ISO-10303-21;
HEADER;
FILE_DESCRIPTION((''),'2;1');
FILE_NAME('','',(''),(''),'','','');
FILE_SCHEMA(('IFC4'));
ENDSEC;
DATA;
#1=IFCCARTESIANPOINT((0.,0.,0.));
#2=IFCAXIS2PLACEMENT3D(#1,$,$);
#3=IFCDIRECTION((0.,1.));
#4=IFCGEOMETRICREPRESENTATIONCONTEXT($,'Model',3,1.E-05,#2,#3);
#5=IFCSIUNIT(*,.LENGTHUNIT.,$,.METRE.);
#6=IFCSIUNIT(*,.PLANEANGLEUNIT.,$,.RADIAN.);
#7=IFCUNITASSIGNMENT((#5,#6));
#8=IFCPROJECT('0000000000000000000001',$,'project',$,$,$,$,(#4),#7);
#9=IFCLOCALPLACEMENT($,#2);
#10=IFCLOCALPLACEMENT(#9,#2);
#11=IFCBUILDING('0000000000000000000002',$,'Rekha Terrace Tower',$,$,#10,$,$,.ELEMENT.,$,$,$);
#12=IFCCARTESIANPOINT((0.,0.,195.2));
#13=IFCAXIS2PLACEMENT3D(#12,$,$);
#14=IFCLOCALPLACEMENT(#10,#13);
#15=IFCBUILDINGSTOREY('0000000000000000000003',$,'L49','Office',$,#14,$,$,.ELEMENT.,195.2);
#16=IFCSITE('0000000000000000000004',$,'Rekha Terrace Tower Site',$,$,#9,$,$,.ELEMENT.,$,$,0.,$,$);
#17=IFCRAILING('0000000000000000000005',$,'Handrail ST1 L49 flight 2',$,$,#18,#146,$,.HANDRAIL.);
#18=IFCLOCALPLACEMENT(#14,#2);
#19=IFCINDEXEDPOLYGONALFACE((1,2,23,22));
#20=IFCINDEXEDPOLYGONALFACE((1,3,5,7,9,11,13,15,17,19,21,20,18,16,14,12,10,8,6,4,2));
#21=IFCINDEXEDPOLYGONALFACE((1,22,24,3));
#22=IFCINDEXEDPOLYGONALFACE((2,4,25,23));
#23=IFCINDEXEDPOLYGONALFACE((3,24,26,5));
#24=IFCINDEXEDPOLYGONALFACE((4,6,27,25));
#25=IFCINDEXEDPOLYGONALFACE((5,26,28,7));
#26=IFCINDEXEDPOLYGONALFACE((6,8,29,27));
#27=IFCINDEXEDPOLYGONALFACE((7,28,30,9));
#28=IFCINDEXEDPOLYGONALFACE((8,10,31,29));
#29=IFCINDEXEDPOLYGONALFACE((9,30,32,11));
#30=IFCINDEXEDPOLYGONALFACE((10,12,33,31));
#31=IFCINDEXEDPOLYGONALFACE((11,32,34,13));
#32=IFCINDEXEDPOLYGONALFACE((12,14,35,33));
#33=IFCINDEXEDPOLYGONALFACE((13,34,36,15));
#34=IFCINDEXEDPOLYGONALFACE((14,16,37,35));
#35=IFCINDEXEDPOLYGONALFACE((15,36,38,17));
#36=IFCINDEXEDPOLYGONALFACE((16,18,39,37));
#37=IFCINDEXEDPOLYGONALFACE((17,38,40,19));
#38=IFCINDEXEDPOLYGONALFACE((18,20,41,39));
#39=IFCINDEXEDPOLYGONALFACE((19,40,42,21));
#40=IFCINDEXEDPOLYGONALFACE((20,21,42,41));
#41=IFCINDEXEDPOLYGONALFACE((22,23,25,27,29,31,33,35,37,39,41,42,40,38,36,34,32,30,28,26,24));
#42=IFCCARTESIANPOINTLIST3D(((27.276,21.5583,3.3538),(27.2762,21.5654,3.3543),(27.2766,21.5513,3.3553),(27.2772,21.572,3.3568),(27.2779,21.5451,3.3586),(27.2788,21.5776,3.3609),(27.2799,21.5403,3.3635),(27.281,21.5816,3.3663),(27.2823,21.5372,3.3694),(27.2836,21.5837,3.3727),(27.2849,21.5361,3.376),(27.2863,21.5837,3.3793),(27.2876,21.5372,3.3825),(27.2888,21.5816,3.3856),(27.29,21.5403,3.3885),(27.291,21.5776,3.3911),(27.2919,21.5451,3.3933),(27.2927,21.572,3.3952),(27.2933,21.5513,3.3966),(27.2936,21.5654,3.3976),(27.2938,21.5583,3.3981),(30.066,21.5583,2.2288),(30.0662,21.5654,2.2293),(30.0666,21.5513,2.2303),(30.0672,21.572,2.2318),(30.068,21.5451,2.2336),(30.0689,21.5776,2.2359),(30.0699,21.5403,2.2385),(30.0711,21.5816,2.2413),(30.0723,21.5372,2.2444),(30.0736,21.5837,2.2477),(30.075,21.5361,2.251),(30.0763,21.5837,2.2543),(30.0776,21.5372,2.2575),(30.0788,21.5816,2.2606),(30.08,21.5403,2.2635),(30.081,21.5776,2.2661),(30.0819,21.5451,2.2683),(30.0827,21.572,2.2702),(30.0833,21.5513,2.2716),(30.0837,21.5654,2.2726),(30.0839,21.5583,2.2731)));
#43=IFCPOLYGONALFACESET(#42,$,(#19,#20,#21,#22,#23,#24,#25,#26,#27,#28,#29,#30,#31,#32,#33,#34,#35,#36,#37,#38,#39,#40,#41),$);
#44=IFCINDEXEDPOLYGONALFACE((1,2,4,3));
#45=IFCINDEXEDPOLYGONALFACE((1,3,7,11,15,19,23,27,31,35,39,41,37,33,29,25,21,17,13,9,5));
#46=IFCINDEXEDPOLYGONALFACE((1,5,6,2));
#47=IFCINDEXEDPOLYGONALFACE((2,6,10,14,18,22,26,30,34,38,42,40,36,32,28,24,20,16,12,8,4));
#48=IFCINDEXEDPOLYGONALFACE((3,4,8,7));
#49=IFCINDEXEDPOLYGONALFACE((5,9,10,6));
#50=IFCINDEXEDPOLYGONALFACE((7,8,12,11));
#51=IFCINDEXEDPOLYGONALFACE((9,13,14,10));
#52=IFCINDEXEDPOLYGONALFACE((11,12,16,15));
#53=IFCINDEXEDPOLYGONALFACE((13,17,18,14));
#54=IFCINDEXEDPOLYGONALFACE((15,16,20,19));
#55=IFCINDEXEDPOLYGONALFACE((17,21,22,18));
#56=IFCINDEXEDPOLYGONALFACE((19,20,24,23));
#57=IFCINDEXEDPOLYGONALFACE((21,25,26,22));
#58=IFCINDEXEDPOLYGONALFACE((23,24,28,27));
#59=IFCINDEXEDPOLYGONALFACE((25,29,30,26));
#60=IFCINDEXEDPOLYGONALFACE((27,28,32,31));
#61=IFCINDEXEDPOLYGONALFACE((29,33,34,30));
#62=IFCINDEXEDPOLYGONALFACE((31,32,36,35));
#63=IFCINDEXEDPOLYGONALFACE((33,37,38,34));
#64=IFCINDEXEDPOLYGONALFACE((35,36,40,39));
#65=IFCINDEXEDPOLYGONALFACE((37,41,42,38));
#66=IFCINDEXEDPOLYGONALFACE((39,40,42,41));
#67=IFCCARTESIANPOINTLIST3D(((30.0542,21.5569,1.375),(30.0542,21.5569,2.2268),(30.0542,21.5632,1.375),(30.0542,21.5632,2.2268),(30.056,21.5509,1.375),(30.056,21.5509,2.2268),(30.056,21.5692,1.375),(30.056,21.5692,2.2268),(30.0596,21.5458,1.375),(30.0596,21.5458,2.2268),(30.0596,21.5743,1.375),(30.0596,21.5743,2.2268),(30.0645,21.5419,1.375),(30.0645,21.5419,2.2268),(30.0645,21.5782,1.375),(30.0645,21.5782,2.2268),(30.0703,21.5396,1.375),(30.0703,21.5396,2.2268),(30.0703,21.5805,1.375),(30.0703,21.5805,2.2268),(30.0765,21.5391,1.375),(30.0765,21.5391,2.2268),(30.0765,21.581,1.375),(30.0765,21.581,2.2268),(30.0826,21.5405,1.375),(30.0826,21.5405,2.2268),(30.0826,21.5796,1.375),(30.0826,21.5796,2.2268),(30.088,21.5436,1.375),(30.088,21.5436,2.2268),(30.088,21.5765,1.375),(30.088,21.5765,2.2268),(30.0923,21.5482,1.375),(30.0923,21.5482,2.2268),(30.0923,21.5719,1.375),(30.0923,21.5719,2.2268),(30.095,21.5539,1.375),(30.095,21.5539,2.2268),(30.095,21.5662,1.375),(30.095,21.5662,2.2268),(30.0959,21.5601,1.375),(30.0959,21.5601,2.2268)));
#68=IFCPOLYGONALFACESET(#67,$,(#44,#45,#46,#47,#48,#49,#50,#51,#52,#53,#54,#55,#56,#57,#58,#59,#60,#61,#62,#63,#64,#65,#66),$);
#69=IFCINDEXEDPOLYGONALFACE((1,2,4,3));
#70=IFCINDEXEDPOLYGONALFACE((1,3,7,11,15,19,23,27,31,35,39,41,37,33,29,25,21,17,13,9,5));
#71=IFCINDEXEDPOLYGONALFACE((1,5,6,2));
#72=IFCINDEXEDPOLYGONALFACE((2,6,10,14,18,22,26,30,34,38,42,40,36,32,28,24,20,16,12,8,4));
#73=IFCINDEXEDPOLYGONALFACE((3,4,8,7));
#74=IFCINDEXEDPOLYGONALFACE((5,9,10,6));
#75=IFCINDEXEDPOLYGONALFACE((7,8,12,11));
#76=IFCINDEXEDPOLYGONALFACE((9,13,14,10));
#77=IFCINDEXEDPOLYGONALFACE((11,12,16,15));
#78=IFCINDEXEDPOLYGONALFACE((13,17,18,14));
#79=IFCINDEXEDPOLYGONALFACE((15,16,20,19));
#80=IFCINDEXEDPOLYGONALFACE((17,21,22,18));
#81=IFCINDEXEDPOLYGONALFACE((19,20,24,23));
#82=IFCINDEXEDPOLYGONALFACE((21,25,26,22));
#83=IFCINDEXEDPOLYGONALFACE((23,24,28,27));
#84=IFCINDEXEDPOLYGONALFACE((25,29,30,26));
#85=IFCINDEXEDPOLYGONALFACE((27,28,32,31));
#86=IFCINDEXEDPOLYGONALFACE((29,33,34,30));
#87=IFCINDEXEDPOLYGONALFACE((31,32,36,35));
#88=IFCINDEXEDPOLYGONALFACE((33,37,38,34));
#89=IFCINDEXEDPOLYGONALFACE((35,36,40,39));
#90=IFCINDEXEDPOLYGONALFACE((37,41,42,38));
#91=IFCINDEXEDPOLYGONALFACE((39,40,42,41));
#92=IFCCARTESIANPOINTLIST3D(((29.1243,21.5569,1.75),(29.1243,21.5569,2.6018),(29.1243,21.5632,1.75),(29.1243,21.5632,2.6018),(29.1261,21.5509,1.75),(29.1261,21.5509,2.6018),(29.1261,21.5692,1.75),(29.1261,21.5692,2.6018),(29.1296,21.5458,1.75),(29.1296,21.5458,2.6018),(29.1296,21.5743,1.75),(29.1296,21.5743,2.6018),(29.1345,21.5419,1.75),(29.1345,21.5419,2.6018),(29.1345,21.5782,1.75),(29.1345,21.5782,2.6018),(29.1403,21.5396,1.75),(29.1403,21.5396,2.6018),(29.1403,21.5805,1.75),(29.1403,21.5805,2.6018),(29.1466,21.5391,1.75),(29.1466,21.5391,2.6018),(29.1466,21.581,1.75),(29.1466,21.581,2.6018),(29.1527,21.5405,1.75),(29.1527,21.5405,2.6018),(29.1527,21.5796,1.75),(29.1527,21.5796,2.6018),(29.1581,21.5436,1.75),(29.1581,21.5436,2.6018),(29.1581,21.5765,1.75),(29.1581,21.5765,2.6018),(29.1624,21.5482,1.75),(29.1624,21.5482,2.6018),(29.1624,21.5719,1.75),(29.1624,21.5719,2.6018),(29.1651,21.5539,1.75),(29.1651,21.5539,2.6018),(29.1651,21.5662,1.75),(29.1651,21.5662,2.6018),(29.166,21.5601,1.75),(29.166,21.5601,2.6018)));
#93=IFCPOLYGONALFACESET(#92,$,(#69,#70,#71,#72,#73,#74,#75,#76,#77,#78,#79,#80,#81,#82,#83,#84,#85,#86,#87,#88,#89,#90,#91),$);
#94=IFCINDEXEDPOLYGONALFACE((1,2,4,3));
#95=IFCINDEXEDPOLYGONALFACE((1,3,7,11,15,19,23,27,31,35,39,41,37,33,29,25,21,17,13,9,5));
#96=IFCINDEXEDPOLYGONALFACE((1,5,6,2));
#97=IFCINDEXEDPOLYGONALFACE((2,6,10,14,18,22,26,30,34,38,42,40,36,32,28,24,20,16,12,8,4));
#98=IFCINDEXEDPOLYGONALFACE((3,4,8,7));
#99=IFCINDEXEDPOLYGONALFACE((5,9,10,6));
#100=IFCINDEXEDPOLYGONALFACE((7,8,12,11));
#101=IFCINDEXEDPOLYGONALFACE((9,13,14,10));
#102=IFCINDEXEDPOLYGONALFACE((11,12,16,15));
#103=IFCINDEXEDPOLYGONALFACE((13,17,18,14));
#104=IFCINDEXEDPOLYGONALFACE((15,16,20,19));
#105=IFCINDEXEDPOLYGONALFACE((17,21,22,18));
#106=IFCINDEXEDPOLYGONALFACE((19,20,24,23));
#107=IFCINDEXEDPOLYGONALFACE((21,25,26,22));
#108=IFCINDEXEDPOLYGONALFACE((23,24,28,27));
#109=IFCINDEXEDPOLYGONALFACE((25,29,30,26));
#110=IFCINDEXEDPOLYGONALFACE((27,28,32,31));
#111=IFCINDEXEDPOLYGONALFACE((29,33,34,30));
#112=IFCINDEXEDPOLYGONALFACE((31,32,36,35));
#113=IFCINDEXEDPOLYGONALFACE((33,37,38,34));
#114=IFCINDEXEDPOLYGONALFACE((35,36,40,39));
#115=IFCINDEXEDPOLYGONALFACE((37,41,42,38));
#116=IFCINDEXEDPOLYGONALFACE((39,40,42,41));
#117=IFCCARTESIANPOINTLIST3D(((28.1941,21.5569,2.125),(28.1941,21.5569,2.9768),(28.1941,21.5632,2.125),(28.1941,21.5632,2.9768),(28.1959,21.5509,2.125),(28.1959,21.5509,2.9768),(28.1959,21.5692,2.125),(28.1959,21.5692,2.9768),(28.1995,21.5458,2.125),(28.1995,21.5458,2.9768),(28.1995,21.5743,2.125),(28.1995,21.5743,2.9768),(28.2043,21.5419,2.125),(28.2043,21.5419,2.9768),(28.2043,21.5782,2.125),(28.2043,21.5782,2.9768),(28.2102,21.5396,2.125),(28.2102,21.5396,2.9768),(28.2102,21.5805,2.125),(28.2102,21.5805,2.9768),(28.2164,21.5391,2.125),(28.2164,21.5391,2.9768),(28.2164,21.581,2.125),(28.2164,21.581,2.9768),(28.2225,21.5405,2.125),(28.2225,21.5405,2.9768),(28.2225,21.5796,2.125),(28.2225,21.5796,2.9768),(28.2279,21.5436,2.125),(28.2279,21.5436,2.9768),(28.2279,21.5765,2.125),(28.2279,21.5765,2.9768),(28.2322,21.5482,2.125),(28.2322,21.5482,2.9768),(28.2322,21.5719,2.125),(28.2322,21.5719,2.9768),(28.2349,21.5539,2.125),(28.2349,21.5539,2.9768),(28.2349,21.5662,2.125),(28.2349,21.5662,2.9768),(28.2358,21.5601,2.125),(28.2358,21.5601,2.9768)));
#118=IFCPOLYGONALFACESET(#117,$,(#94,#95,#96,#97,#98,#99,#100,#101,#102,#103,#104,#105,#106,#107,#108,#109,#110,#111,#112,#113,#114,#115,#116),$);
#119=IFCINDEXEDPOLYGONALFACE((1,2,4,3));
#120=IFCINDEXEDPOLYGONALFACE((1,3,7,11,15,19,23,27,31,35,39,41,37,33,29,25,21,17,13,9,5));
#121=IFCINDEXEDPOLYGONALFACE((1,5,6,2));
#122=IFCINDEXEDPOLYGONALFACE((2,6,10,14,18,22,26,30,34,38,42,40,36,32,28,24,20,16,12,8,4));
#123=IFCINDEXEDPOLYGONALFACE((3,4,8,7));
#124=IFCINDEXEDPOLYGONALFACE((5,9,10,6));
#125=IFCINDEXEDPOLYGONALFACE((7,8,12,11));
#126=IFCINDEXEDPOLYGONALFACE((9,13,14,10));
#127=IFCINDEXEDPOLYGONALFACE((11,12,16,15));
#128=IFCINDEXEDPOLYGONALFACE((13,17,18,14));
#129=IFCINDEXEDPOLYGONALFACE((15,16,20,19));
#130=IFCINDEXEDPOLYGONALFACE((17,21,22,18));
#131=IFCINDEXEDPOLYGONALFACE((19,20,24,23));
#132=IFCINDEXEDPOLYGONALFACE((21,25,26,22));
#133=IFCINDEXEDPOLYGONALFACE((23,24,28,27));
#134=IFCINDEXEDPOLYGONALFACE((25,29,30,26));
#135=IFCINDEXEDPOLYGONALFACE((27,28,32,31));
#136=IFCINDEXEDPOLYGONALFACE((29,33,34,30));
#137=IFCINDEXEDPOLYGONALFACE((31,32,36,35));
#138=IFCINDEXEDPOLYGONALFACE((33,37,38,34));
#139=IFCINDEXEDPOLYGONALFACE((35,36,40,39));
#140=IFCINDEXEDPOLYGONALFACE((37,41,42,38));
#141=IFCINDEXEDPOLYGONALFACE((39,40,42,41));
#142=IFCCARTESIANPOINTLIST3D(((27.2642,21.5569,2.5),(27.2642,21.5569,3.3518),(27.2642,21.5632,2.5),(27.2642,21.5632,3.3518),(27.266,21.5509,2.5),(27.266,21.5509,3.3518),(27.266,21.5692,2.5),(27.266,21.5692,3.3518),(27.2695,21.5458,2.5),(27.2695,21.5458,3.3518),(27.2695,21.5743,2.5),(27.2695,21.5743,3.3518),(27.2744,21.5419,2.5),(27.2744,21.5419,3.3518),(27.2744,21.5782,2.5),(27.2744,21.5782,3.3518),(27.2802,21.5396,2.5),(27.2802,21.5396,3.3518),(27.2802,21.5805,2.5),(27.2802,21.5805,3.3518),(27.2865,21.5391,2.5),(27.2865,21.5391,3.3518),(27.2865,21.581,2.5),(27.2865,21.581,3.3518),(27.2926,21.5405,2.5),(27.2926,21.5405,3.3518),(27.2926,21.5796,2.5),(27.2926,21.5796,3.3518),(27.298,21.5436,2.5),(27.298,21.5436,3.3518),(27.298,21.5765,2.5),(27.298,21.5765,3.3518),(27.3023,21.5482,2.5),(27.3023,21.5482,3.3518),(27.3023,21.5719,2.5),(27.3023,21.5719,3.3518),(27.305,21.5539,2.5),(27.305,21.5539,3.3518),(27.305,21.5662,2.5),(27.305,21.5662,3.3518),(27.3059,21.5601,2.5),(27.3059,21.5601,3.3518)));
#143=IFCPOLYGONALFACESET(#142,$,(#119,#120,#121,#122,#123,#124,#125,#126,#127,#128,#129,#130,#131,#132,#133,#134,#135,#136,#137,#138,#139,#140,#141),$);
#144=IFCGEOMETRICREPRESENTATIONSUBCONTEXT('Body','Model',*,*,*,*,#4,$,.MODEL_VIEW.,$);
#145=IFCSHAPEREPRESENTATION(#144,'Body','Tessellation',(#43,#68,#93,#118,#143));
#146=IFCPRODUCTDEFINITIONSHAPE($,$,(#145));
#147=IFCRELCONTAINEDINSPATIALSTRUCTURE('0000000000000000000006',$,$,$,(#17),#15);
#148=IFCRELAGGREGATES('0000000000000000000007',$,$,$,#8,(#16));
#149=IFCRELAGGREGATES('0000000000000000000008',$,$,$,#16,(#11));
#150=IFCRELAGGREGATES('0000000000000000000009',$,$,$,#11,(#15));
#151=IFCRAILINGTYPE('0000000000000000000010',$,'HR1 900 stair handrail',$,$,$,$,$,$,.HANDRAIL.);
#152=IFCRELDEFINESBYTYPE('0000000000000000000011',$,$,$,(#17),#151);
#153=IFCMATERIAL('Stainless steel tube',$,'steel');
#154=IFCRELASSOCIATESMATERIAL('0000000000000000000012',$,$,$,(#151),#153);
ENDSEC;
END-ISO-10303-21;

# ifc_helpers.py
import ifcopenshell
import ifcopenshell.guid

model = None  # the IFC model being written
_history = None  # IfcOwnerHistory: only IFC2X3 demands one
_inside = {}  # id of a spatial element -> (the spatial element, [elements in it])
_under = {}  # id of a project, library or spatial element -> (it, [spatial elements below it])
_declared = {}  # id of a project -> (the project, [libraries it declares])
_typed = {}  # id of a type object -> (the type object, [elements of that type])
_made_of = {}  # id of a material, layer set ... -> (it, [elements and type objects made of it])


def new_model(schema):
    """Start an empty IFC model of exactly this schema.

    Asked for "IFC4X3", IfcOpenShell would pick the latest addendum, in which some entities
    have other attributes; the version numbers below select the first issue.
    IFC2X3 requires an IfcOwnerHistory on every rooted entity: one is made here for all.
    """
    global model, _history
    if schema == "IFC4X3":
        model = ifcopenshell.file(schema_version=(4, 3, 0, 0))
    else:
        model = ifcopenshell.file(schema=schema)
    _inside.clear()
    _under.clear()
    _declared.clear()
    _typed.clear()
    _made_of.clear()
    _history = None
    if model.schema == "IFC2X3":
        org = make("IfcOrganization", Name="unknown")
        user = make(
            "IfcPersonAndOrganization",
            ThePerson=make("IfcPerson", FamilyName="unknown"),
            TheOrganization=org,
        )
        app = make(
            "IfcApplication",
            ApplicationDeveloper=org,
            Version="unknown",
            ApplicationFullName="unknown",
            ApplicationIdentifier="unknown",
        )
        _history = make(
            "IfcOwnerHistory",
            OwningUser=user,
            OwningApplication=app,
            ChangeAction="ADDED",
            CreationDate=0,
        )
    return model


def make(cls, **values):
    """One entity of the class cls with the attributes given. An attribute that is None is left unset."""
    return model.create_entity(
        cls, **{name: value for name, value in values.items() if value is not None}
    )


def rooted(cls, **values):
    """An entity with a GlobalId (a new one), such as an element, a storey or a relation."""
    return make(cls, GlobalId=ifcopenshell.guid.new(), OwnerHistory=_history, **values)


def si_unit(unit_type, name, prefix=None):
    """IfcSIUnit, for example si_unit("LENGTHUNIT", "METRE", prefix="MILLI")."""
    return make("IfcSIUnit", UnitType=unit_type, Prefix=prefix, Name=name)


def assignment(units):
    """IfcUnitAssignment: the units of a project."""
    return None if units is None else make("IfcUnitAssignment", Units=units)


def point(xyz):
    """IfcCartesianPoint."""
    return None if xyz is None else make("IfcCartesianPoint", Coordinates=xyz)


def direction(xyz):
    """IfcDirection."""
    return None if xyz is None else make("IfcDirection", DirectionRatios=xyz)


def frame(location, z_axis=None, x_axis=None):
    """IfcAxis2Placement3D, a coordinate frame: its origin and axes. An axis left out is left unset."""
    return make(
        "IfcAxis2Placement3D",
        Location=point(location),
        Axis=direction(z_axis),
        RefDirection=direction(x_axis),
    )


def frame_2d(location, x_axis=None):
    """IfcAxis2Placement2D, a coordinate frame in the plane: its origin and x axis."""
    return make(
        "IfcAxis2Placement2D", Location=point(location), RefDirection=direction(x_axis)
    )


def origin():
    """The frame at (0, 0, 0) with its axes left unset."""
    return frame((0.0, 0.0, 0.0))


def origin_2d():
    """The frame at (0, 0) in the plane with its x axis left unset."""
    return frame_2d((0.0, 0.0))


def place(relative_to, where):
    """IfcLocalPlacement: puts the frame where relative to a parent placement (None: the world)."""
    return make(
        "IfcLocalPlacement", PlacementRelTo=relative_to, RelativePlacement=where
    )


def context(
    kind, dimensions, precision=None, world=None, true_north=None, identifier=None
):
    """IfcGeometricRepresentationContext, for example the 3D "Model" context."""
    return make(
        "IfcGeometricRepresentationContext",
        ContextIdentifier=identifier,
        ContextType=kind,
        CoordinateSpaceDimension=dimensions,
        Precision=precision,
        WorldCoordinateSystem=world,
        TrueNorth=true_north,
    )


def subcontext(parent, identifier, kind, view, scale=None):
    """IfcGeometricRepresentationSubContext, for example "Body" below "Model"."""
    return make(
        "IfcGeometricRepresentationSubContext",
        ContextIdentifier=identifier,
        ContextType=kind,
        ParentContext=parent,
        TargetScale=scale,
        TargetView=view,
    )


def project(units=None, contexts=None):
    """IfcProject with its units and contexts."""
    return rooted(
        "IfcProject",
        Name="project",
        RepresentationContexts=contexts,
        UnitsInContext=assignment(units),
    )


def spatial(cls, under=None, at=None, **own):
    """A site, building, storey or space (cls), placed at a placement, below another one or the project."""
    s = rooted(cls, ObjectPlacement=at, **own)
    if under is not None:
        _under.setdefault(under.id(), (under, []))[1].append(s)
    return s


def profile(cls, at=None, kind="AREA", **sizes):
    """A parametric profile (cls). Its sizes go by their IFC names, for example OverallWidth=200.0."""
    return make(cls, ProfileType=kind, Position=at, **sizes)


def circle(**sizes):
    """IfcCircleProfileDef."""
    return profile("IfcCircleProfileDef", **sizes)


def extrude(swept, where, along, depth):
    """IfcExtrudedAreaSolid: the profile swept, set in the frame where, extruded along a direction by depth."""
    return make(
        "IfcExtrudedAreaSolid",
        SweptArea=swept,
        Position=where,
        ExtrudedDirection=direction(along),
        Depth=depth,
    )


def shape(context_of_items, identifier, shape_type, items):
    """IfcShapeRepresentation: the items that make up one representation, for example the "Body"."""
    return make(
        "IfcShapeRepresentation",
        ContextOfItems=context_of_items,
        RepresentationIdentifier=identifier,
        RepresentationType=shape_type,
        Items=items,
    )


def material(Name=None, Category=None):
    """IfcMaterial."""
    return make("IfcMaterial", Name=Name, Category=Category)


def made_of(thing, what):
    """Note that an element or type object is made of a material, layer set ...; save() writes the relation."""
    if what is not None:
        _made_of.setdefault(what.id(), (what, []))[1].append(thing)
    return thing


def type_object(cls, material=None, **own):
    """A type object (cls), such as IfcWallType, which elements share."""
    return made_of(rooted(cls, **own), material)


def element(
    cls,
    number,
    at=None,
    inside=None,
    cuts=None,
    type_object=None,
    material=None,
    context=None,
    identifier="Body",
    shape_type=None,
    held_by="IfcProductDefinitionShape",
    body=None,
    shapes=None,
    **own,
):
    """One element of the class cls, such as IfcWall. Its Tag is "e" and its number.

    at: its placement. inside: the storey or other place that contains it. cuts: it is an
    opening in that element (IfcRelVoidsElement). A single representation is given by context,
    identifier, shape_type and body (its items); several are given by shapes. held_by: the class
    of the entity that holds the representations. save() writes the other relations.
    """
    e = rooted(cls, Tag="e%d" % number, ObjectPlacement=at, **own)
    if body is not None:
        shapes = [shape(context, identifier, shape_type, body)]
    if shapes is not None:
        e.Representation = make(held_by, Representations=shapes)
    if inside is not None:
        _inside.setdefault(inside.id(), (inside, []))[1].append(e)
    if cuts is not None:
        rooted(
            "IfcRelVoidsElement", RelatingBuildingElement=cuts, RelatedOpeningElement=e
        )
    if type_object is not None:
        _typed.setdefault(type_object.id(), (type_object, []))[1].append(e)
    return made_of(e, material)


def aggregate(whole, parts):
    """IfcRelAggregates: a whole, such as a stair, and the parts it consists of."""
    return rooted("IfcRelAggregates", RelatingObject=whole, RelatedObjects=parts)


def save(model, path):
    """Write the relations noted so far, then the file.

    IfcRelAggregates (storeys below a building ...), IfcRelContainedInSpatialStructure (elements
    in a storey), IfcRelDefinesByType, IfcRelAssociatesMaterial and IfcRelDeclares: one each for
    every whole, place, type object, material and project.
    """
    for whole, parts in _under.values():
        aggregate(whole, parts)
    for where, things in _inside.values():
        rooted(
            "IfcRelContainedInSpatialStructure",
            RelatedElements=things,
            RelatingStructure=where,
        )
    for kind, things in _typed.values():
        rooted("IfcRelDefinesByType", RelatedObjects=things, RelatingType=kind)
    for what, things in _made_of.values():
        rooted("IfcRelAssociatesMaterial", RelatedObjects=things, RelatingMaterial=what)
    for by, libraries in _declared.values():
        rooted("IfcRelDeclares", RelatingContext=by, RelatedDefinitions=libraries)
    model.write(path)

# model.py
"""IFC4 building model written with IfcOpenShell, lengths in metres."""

from ifc_helpers import new_model, si_unit, direction, frame, origin, origin_2d, place, context, subcontext, project, spatial, circle, extrude, material, type_object, element, save


model = new_model("IFC4")

# Units and contexts
model_context = context("Model", 3, precision=1e-05, world=origin(), true_north=direction((0.0, 1.0)))
body_context = subcontext(model_context, "Body", "Model", "MODEL_VIEW")
ifc_project = project(units=[si_unit("LENGTHUNIT", "METRE"), si_unit("PLANEANGLEUNIT", "RADIAN")], contexts=[model_context])

# Site, building, storey
site_placement = place(None, origin())
site = spatial("IfcSite", under=ifc_project, at=site_placement, Name="Rekha Terrace Tower Site", CompositionType="ELEMENT", RefElevation=0.0)
building_placement = place(site_placement, origin())
building = spatial("IfcBuilding", under=site, at=building_placement, Name="Rekha Terrace Tower", CompositionType="ELEMENT")
storey_placement = place(building_placement, frame((0.0, 0.0, 195.2)))
storey = spatial("IfcBuildingStorey", under=building, at=storey_placement, Name="L49", Description="Office", CompositionType="ELEMENT", Elevation=195.2)

# Railing
ifc_material_1 = material(Name="Stainless steel tube", Category="steel")
railing_type_1 = type_object("IfcRailingType", Name="HR1 900 stair handrail", PredefinedType="HANDRAIL", material=ifc_material_1)
railing_1_placement = place(storey_placement, frame((30.075, 21.5601, 1.375)))
element("IfcRailing", 1, at=railing_1_placement, inside=storey, type_object=railing_type_1, Name="Handrail ST1 L49 flight 2", PredefinedType="HANDRAIL", context=body_context, shape_type="SweptSolid", body=[
    extrude(circle(Radius=0.0239, at=origin_2d()), frame((0.0, 0.0, 0.876), z_axis=(-0.927443, 0.0, 0.373964), x_axis=(0.0, -1.0, 0.0)), (0.0, 0.0, 1.0), 3.0083),
    extrude(circle(Radius=0.021, at=origin_2d()), origin(), (0.0, 0.0, 1.0), 0.8518),
    extrude(circle(Radius=0.021, at=origin_2d()), frame((-0.9299, 0.0, 0.375)), (0.0, 0.0, 1.0), 0.8518),
    extrude(circle(Radius=0.021, at=origin_2d()), frame((-1.8601, 0.0, 0.75)), (0.0, 0.0, 1.0), 0.8518),
    extrude(circle(Radius=0.021, at=origin_2d()), frame((-2.79, 0.0, 1.125)), (0.0, 0.0, 1.0), 0.8518),
])

save(model, "model.ifc")
